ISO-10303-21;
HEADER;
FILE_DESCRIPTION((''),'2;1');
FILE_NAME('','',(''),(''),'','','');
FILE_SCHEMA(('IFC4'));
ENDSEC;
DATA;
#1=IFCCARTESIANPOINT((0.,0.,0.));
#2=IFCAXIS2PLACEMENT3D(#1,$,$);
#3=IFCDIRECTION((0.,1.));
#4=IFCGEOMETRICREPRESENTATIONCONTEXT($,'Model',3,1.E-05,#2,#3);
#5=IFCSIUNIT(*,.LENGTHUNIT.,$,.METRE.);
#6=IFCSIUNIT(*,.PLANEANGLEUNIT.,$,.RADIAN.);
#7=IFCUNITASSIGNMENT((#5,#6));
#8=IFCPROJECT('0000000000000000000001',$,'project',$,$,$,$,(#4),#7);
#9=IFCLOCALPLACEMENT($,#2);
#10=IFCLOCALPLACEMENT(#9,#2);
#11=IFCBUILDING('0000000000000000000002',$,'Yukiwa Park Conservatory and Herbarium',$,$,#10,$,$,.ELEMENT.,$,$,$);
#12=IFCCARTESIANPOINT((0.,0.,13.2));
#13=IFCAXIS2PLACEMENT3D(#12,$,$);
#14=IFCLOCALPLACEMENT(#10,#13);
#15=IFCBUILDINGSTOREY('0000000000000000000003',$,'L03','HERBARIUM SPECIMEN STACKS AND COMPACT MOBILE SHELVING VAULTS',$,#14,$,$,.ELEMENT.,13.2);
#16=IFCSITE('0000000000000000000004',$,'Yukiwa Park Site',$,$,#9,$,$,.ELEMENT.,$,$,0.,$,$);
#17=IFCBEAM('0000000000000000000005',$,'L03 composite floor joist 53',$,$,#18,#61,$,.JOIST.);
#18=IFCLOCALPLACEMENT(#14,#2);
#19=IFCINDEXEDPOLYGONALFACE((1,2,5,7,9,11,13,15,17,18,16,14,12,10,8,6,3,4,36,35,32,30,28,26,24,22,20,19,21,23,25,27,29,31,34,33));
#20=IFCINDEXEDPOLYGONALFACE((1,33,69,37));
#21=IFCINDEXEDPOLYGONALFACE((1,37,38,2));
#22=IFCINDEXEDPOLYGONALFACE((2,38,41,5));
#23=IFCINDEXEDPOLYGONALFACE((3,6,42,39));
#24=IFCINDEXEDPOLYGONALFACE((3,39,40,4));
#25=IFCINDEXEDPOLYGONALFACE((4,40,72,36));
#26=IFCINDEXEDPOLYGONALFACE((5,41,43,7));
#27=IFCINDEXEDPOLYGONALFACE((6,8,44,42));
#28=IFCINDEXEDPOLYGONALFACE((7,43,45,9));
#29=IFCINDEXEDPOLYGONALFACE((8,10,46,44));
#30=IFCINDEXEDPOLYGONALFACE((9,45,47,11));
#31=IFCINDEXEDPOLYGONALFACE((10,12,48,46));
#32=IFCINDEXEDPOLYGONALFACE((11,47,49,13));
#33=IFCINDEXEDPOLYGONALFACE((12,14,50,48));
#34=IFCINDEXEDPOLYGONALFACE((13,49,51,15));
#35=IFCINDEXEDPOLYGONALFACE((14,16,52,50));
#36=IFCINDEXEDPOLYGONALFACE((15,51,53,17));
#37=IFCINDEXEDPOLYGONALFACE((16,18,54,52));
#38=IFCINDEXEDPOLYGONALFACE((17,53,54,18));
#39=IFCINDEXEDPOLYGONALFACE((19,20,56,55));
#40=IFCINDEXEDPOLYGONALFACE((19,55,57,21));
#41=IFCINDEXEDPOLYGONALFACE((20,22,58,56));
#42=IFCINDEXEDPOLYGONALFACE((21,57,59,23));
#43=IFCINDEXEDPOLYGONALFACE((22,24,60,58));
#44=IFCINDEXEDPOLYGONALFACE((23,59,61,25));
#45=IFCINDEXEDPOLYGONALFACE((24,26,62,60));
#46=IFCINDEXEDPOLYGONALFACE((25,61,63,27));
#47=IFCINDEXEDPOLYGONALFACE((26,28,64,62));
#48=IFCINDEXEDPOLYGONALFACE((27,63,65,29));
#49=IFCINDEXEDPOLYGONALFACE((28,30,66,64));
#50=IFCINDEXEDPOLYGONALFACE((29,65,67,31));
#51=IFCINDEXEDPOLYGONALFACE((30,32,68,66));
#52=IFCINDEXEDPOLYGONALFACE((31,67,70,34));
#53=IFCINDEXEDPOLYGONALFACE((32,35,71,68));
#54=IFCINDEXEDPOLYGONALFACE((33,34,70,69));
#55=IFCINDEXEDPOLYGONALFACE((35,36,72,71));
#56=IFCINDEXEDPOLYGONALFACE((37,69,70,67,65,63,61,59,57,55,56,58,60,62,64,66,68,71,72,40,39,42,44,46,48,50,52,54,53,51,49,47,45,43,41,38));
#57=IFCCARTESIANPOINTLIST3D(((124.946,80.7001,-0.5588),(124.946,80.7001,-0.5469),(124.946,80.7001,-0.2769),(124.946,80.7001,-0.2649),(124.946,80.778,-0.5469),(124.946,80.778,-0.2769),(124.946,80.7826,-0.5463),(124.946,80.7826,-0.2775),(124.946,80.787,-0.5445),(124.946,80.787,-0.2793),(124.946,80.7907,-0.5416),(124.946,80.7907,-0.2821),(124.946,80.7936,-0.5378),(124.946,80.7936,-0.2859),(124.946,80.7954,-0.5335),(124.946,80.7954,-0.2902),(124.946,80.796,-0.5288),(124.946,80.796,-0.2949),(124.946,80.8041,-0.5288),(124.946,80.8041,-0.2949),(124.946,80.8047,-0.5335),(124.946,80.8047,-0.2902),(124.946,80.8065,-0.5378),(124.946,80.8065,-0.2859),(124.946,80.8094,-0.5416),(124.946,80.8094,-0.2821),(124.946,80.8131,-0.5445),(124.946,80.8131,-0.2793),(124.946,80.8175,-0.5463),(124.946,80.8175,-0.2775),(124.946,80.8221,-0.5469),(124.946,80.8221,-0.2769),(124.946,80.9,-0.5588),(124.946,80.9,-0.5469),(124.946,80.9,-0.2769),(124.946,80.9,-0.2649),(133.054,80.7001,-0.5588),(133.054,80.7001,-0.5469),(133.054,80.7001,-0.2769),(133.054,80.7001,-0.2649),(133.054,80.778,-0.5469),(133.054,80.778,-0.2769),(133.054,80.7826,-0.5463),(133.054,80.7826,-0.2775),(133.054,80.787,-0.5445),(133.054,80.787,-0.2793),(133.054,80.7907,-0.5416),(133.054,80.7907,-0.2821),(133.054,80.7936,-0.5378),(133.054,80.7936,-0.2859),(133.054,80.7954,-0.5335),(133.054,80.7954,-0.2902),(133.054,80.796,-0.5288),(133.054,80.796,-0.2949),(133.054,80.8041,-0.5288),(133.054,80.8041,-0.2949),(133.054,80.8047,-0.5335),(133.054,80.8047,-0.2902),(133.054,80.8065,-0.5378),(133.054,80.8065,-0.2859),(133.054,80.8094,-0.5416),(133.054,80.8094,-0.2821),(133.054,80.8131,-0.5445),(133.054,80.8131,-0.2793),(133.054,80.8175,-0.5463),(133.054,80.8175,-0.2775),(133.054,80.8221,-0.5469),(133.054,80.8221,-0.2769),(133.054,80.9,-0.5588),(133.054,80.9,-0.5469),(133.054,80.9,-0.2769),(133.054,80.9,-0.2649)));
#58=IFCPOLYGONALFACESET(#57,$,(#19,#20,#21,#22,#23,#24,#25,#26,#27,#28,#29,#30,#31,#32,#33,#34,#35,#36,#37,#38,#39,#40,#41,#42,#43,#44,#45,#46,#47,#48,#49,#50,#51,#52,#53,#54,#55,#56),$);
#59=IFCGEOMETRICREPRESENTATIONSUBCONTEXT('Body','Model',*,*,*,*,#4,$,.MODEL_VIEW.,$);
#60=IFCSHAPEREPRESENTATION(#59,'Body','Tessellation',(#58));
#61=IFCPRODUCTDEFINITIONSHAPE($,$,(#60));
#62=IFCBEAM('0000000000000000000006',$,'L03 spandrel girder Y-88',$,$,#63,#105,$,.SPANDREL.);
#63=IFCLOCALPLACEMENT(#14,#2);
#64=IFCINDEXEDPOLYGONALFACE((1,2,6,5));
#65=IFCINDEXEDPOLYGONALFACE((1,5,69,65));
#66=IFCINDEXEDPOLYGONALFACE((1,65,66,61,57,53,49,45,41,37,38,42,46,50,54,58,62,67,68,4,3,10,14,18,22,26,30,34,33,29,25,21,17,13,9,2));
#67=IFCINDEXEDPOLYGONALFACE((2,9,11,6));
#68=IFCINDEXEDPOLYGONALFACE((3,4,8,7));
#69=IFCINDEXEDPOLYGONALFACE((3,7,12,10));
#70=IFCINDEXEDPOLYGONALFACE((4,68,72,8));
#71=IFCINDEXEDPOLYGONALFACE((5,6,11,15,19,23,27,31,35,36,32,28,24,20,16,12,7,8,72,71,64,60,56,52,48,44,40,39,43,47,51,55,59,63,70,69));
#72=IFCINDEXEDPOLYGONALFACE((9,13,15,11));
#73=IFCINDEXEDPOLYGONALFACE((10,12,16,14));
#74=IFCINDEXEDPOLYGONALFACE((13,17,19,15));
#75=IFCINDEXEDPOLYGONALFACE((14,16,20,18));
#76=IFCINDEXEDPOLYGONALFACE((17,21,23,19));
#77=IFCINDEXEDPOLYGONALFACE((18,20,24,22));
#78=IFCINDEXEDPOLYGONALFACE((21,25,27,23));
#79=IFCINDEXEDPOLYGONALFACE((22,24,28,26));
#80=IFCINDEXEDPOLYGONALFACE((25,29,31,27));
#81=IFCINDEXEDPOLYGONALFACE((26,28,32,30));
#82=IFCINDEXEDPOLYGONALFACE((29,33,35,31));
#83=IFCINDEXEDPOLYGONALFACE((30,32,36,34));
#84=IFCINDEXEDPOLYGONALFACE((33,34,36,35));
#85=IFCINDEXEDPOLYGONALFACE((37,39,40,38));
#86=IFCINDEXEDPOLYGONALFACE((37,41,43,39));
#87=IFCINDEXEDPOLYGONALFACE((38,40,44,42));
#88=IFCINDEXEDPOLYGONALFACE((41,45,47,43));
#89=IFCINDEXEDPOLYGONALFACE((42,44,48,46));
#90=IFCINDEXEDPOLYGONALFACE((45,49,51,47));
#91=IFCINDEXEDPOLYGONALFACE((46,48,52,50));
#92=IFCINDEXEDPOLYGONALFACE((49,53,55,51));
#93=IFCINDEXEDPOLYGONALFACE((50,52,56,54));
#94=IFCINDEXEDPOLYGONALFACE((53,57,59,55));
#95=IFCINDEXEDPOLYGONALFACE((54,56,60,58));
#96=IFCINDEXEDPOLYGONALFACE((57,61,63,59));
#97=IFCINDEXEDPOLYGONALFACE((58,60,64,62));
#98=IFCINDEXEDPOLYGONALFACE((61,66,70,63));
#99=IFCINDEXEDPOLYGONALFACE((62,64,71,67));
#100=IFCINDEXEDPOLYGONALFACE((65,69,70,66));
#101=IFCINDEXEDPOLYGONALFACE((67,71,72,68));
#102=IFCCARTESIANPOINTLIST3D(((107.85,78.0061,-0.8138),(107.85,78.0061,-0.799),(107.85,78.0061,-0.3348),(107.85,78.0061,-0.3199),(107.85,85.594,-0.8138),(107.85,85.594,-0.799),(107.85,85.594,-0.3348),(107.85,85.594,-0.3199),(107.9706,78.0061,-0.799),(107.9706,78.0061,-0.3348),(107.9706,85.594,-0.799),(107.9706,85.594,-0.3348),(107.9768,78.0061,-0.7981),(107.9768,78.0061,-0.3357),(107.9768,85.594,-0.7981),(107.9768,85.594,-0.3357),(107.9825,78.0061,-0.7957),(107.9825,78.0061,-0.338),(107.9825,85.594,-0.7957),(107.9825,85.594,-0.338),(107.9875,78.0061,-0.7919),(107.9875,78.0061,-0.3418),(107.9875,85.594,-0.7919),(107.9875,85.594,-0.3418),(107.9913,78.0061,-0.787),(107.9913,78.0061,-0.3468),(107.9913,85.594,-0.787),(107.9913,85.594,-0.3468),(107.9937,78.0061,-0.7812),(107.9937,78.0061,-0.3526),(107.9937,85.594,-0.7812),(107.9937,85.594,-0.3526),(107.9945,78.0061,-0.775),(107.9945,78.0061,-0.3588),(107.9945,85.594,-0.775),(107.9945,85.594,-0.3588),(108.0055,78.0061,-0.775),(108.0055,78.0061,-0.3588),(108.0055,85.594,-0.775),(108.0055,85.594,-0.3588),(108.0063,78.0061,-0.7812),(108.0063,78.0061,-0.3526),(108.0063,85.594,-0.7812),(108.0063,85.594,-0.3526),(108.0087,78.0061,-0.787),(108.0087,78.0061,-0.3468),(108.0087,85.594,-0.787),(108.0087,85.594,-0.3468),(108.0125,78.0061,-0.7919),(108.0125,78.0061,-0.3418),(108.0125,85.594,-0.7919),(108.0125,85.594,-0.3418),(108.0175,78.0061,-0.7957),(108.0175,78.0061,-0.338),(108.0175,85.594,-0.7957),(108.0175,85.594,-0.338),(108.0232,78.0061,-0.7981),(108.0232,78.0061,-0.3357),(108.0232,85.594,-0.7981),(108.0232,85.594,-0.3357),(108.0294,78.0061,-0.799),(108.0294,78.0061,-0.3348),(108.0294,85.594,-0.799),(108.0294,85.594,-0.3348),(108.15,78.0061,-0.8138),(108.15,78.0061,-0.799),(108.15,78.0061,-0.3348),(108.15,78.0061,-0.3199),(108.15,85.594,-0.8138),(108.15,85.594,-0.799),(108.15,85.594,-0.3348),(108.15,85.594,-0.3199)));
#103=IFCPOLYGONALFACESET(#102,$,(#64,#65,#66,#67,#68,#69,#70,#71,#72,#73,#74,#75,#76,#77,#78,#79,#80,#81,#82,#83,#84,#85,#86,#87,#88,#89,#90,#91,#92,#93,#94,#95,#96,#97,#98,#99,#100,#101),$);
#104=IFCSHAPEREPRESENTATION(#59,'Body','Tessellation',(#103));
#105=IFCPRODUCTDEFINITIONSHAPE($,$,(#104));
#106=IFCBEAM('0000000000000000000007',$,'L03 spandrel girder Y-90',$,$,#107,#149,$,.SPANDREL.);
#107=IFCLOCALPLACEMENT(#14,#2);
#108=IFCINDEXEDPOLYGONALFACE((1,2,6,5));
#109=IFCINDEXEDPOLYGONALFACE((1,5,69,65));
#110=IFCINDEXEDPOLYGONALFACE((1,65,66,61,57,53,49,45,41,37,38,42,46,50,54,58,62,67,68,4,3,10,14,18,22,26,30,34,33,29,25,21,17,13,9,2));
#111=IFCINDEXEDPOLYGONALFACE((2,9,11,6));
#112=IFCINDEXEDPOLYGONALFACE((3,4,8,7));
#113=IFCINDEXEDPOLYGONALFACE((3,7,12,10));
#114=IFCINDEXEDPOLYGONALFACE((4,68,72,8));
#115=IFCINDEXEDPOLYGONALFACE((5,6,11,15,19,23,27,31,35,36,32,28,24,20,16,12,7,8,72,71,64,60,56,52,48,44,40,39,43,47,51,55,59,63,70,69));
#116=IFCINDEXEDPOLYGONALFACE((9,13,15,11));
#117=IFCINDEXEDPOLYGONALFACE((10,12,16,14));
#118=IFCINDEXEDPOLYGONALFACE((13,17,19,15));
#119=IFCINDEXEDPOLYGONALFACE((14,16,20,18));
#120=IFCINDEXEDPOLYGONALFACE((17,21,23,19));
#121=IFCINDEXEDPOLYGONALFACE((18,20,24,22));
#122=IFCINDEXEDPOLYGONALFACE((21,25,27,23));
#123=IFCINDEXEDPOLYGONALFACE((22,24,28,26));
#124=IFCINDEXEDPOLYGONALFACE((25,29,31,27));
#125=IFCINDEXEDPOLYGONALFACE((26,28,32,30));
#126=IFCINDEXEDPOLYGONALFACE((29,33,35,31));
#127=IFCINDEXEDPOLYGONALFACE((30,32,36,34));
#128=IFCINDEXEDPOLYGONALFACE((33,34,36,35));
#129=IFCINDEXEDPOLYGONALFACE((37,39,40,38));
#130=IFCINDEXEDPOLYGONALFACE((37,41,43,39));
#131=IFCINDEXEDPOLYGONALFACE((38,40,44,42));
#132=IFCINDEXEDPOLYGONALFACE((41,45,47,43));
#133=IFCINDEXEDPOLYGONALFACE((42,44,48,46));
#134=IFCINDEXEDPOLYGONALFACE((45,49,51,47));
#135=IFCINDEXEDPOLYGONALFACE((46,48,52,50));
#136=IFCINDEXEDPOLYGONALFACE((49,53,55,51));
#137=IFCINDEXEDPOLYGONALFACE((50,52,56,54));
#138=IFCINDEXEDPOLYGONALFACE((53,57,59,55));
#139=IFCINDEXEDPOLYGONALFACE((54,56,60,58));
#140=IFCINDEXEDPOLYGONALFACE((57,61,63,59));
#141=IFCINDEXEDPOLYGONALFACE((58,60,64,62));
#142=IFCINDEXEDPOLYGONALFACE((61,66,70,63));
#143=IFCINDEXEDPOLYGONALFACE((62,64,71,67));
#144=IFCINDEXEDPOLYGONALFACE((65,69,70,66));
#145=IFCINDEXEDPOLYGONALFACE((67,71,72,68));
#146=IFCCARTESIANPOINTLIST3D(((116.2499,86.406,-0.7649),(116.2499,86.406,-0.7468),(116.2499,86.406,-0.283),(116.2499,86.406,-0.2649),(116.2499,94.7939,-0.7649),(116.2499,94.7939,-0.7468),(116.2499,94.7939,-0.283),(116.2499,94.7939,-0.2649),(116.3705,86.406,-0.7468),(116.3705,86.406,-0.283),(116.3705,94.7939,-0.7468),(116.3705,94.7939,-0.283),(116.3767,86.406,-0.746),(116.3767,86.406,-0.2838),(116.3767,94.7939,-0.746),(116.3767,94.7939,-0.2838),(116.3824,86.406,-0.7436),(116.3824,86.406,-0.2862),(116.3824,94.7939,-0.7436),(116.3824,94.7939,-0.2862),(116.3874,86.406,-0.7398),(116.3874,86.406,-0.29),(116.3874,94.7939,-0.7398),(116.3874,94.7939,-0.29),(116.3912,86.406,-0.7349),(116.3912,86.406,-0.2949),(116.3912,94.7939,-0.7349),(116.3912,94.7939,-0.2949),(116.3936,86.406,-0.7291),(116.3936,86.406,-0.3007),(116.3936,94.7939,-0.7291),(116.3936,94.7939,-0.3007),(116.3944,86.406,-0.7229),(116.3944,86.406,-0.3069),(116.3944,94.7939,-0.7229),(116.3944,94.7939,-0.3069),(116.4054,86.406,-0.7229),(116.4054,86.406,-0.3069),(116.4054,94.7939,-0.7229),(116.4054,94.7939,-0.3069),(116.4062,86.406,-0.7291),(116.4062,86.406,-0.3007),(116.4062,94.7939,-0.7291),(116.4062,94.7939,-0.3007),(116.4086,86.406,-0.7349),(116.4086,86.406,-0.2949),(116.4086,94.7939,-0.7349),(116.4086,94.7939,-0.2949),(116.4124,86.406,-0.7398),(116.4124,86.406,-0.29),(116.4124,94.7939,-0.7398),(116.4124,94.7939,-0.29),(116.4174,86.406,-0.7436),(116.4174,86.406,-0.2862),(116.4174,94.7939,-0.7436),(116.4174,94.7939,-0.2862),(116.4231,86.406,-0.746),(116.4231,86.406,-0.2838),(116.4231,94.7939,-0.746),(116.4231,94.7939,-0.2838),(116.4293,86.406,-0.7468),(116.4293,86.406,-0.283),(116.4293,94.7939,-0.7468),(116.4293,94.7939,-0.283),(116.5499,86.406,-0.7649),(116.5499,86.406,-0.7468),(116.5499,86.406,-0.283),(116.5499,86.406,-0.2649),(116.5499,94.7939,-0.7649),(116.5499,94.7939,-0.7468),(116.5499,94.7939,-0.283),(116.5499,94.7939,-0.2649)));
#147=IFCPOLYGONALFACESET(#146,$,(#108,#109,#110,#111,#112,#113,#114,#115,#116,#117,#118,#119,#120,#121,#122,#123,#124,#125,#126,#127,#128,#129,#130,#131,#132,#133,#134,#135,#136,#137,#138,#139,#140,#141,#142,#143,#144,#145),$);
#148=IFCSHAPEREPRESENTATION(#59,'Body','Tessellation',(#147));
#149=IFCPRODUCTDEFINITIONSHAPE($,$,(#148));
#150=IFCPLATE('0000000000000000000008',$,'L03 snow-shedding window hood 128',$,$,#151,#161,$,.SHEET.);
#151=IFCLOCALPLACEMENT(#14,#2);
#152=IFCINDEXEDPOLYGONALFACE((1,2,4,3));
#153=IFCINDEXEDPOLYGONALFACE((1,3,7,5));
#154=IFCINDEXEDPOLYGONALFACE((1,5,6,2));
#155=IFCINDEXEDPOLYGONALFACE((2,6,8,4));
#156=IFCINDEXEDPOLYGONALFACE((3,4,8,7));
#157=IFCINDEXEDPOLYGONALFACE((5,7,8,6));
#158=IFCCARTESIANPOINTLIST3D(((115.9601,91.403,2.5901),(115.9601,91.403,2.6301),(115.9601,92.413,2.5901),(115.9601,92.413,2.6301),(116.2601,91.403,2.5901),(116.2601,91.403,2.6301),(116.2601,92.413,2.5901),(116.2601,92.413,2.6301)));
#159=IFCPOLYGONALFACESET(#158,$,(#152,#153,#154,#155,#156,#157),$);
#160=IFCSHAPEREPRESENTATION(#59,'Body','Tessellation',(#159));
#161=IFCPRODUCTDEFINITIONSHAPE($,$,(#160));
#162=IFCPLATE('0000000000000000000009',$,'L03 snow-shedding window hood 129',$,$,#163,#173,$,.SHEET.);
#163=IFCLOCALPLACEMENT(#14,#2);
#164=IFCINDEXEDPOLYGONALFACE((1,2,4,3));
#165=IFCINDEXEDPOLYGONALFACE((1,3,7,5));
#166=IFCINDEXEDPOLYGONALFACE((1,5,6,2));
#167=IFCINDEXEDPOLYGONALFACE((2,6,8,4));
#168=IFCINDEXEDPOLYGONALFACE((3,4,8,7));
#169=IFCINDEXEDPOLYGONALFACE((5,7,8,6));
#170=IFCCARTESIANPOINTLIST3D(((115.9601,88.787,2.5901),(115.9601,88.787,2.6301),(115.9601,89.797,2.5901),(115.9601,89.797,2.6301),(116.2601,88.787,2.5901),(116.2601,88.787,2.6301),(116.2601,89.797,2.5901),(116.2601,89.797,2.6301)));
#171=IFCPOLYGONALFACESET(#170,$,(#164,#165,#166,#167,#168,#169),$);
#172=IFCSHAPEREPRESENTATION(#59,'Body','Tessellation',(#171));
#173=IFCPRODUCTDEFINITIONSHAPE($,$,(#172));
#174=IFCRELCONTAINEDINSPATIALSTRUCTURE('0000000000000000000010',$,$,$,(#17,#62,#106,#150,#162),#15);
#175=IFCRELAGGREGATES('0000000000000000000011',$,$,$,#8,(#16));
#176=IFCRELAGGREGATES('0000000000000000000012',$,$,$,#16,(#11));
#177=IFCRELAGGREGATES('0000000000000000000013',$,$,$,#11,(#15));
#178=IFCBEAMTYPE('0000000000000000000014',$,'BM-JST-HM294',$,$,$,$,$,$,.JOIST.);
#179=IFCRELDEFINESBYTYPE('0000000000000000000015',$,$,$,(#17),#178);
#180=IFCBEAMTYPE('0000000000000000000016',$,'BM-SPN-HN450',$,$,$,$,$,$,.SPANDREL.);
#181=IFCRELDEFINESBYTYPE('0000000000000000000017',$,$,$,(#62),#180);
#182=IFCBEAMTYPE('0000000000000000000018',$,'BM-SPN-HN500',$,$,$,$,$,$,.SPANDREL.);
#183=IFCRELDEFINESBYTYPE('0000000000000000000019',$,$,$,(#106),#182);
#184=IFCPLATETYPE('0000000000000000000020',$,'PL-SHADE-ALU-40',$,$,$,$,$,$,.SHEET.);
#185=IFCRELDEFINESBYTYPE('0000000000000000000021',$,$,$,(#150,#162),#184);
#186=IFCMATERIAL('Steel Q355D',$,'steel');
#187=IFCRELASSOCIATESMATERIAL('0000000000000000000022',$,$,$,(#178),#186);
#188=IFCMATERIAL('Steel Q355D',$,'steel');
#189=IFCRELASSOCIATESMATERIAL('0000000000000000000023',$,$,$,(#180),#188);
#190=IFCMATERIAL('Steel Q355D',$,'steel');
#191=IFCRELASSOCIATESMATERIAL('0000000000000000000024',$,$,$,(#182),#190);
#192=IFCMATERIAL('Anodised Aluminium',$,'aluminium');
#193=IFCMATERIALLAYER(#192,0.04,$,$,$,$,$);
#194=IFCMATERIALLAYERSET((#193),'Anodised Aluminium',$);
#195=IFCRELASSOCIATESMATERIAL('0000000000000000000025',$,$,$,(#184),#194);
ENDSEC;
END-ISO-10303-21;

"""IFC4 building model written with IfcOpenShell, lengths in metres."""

from ifc_helpers import new_model, si_unit, direction, frame, origin, origin_2d, place, context, subcontext, project, spatial, rectangle, i_section, extrude, material, layer, layer_set, material_profile, profile_set, type_object, element, save


model = new_model("IFC4")

# Units and contexts
model_context = context("Model", 3, precision=1e-05, world=origin(), true_north=direction((0.0, 1.0)))
body_context = subcontext(model_context, "Body", "Model", "MODEL_VIEW")
ifc_project = project(units=[si_unit("LENGTHUNIT", "METRE"), si_unit("PLANEANGLEUNIT", "RADIAN")], contexts=[model_context])

# Site, building, storey
site_placement = place(None, origin())
site = spatial("IfcSite", under=ifc_project, at=site_placement, Name="Yukiwa Park Site", CompositionType="ELEMENT", RefElevation=0.0)
building_placement = place(site_placement, origin())
building = spatial("IfcBuilding", under=site, at=building_placement, Name="Yukiwa Park Conservatory and Herbarium", CompositionType="ELEMENT")
storey_placement = place(building_placement, frame((0.0, 0.0, 13.2)))
storey = spatial("IfcBuildingStorey", under=building, at=storey_placement, Name="L03", Description="HERBARIUM SPECIMEN STACKS AND COMPACT MOBILE SHELVING VAULTS", CompositionType="ELEMENT", Elevation=13.2)

# Beams
ifc_material_1 = material(Name="Steel Q355D", Category="steel")
ifc_material_profile_1 = material_profile(ifc_material_1, i_section(OverallWidth=0.2, OverallDepth=0.2939, WebThickness=0.0081, FlangeThickness=0.012, FilletRadius=0.0181, at=origin_2d()), Name="HM 294x200x8x12")
ifc_profile_set_1 = profile_set([ifc_material_profile_1], Name="Steel Q355D")
beam_type_1 = type_object("IfcBeamType", Name="BM-JST-HM294", PredefinedType="JOIST", material=ifc_profile_set_1)
beam_1_placement = place(storey_placement, frame((124.946, 80.8, -0.4119), z_axis=(1.0, 0.0, 0.0), x_axis=(0.0, 1.0, 0.0)))
element("IfcBeam", 1, at=beam_1_placement, inside=storey, type_object=beam_type_1, Name="L03 composite floor joist 53", PredefinedType="JOIST", context=body_context, shape_type="SweptSolid", body=[
    extrude(i_section(OverallWidth=0.2, OverallDepth=0.2939, WebThickness=0.0081, FlangeThickness=0.012, FilletRadius=0.0181, at=origin_2d()), origin(), (0.0, 0.0, 1.0), 8.1079),
])
ifc_material_2 = material(Name="Steel Q355D", Category="steel")
ifc_material_profile_2 = material_profile(ifc_material_2, i_section(OverallWidth=0.3, OverallDepth=0.4939, WebThickness=0.011, FlangeThickness=0.0149, FilletRadius=0.0239, at=origin_2d()), Name="HM 494x300x11x15")
ifc_profile_set_2 = profile_set([ifc_material_profile_2], Name="Steel Q355D")
beam_type_2 = type_object("IfcBeamType", Name="BM-SPN-HN450", PredefinedType="SPANDREL", material=ifc_profile_set_2)
beam_2_placement = place(storey_placement, frame((108.0, 78.0061, -0.5669), z_axis=(0.0, 1.0, 0.0), x_axis=(-1.0, 0.0, 0.0)))
element("IfcBeam", 2, at=beam_2_placement, inside=storey, type_object=beam_type_2, Name="L03 spandrel girder Y-88", PredefinedType="SPANDREL", context=body_context, shape_type="SweptSolid", body=[
    extrude(i_section(OverallWidth=0.3, OverallDepth=0.4939, WebThickness=0.011, FlangeThickness=0.0149, FilletRadius=0.0239, at=origin_2d()), origin(), (0.0, 0.0, 1.0), 7.5879),
])
ifc_material_3 = material(Name="Steel Q355D", Category="steel")
ifc_material_profile_3 = material_profile(ifc_material_3, i_section(OverallWidth=0.3, OverallDepth=0.5, WebThickness=0.011, FlangeThickness=0.0181, FilletRadius=0.0239, at=origin_2d()), Name="HM 500x300x11x18")
ifc_profile_set_3 = profile_set([ifc_material_profile_3], Name="Steel Q355D")
beam_type_3 = type_object("IfcBeamType", Name="BM-SPN-HN500", PredefinedType="SPANDREL", material=ifc_profile_set_3)
beam_3_placement = place(storey_placement, frame((116.3999, 86.406, -0.5149), z_axis=(0.0, 1.0, 0.0), x_axis=(-1.0, 0.0, 0.0)))
element("IfcBeam", 3, at=beam_3_placement, inside=storey, type_object=beam_type_3, Name="L03 spandrel girder Y-90", PredefinedType="SPANDREL", context=body_context, shape_type="SweptSolid", body=[
    extrude(i_section(OverallWidth=0.3, OverallDepth=0.5, WebThickness=0.011, FlangeThickness=0.0181, FilletRadius=0.0239, at=origin_2d()), origin(), (0.0, 0.0, 1.0), 8.3879),
])

# Plates
ifc_material_4 = material(Name="Anodised Aluminium", Category="aluminium")
ifc_layer_1 = layer(ifc_material_4, 0.04)
ifc_layer_set_1 = layer_set([ifc_layer_1], Name="Anodised Aluminium")
plate_type = type_object("IfcPlateType", Name="PL-SHADE-ALU-40", PredefinedType="SHEET", material=ifc_layer_set_1)
for number, where, z_axis, x_axis, name in (
    (4, (116.1101, 91.908, 2.5901), (0.0, 0.0, 1.0), (0.0, -1.0, 0.0), "L03 snow-shedding window hood 128"),
    (5, (116.1101, 89.292, 2.5901), (0.0, 0.0, 1.0), (0.0, -1.0, 0.0), "L03 snow-shedding window hood 129"),
):
    element("IfcPlate", number, at=place(storey_placement, frame(where, z_axis=z_axis, x_axis=x_axis)), inside=storey, type_object=plate_type, Name=name, PredefinedType="SHEET", context=body_context, shape_type="SweptSolid", body=[
        extrude(rectangle(XDim=1.01, YDim=0.3, at=origin_2d()), origin(), (0.0, 0.0, 1.0), 0.04),
    ])

save(model, "model.ifc")
